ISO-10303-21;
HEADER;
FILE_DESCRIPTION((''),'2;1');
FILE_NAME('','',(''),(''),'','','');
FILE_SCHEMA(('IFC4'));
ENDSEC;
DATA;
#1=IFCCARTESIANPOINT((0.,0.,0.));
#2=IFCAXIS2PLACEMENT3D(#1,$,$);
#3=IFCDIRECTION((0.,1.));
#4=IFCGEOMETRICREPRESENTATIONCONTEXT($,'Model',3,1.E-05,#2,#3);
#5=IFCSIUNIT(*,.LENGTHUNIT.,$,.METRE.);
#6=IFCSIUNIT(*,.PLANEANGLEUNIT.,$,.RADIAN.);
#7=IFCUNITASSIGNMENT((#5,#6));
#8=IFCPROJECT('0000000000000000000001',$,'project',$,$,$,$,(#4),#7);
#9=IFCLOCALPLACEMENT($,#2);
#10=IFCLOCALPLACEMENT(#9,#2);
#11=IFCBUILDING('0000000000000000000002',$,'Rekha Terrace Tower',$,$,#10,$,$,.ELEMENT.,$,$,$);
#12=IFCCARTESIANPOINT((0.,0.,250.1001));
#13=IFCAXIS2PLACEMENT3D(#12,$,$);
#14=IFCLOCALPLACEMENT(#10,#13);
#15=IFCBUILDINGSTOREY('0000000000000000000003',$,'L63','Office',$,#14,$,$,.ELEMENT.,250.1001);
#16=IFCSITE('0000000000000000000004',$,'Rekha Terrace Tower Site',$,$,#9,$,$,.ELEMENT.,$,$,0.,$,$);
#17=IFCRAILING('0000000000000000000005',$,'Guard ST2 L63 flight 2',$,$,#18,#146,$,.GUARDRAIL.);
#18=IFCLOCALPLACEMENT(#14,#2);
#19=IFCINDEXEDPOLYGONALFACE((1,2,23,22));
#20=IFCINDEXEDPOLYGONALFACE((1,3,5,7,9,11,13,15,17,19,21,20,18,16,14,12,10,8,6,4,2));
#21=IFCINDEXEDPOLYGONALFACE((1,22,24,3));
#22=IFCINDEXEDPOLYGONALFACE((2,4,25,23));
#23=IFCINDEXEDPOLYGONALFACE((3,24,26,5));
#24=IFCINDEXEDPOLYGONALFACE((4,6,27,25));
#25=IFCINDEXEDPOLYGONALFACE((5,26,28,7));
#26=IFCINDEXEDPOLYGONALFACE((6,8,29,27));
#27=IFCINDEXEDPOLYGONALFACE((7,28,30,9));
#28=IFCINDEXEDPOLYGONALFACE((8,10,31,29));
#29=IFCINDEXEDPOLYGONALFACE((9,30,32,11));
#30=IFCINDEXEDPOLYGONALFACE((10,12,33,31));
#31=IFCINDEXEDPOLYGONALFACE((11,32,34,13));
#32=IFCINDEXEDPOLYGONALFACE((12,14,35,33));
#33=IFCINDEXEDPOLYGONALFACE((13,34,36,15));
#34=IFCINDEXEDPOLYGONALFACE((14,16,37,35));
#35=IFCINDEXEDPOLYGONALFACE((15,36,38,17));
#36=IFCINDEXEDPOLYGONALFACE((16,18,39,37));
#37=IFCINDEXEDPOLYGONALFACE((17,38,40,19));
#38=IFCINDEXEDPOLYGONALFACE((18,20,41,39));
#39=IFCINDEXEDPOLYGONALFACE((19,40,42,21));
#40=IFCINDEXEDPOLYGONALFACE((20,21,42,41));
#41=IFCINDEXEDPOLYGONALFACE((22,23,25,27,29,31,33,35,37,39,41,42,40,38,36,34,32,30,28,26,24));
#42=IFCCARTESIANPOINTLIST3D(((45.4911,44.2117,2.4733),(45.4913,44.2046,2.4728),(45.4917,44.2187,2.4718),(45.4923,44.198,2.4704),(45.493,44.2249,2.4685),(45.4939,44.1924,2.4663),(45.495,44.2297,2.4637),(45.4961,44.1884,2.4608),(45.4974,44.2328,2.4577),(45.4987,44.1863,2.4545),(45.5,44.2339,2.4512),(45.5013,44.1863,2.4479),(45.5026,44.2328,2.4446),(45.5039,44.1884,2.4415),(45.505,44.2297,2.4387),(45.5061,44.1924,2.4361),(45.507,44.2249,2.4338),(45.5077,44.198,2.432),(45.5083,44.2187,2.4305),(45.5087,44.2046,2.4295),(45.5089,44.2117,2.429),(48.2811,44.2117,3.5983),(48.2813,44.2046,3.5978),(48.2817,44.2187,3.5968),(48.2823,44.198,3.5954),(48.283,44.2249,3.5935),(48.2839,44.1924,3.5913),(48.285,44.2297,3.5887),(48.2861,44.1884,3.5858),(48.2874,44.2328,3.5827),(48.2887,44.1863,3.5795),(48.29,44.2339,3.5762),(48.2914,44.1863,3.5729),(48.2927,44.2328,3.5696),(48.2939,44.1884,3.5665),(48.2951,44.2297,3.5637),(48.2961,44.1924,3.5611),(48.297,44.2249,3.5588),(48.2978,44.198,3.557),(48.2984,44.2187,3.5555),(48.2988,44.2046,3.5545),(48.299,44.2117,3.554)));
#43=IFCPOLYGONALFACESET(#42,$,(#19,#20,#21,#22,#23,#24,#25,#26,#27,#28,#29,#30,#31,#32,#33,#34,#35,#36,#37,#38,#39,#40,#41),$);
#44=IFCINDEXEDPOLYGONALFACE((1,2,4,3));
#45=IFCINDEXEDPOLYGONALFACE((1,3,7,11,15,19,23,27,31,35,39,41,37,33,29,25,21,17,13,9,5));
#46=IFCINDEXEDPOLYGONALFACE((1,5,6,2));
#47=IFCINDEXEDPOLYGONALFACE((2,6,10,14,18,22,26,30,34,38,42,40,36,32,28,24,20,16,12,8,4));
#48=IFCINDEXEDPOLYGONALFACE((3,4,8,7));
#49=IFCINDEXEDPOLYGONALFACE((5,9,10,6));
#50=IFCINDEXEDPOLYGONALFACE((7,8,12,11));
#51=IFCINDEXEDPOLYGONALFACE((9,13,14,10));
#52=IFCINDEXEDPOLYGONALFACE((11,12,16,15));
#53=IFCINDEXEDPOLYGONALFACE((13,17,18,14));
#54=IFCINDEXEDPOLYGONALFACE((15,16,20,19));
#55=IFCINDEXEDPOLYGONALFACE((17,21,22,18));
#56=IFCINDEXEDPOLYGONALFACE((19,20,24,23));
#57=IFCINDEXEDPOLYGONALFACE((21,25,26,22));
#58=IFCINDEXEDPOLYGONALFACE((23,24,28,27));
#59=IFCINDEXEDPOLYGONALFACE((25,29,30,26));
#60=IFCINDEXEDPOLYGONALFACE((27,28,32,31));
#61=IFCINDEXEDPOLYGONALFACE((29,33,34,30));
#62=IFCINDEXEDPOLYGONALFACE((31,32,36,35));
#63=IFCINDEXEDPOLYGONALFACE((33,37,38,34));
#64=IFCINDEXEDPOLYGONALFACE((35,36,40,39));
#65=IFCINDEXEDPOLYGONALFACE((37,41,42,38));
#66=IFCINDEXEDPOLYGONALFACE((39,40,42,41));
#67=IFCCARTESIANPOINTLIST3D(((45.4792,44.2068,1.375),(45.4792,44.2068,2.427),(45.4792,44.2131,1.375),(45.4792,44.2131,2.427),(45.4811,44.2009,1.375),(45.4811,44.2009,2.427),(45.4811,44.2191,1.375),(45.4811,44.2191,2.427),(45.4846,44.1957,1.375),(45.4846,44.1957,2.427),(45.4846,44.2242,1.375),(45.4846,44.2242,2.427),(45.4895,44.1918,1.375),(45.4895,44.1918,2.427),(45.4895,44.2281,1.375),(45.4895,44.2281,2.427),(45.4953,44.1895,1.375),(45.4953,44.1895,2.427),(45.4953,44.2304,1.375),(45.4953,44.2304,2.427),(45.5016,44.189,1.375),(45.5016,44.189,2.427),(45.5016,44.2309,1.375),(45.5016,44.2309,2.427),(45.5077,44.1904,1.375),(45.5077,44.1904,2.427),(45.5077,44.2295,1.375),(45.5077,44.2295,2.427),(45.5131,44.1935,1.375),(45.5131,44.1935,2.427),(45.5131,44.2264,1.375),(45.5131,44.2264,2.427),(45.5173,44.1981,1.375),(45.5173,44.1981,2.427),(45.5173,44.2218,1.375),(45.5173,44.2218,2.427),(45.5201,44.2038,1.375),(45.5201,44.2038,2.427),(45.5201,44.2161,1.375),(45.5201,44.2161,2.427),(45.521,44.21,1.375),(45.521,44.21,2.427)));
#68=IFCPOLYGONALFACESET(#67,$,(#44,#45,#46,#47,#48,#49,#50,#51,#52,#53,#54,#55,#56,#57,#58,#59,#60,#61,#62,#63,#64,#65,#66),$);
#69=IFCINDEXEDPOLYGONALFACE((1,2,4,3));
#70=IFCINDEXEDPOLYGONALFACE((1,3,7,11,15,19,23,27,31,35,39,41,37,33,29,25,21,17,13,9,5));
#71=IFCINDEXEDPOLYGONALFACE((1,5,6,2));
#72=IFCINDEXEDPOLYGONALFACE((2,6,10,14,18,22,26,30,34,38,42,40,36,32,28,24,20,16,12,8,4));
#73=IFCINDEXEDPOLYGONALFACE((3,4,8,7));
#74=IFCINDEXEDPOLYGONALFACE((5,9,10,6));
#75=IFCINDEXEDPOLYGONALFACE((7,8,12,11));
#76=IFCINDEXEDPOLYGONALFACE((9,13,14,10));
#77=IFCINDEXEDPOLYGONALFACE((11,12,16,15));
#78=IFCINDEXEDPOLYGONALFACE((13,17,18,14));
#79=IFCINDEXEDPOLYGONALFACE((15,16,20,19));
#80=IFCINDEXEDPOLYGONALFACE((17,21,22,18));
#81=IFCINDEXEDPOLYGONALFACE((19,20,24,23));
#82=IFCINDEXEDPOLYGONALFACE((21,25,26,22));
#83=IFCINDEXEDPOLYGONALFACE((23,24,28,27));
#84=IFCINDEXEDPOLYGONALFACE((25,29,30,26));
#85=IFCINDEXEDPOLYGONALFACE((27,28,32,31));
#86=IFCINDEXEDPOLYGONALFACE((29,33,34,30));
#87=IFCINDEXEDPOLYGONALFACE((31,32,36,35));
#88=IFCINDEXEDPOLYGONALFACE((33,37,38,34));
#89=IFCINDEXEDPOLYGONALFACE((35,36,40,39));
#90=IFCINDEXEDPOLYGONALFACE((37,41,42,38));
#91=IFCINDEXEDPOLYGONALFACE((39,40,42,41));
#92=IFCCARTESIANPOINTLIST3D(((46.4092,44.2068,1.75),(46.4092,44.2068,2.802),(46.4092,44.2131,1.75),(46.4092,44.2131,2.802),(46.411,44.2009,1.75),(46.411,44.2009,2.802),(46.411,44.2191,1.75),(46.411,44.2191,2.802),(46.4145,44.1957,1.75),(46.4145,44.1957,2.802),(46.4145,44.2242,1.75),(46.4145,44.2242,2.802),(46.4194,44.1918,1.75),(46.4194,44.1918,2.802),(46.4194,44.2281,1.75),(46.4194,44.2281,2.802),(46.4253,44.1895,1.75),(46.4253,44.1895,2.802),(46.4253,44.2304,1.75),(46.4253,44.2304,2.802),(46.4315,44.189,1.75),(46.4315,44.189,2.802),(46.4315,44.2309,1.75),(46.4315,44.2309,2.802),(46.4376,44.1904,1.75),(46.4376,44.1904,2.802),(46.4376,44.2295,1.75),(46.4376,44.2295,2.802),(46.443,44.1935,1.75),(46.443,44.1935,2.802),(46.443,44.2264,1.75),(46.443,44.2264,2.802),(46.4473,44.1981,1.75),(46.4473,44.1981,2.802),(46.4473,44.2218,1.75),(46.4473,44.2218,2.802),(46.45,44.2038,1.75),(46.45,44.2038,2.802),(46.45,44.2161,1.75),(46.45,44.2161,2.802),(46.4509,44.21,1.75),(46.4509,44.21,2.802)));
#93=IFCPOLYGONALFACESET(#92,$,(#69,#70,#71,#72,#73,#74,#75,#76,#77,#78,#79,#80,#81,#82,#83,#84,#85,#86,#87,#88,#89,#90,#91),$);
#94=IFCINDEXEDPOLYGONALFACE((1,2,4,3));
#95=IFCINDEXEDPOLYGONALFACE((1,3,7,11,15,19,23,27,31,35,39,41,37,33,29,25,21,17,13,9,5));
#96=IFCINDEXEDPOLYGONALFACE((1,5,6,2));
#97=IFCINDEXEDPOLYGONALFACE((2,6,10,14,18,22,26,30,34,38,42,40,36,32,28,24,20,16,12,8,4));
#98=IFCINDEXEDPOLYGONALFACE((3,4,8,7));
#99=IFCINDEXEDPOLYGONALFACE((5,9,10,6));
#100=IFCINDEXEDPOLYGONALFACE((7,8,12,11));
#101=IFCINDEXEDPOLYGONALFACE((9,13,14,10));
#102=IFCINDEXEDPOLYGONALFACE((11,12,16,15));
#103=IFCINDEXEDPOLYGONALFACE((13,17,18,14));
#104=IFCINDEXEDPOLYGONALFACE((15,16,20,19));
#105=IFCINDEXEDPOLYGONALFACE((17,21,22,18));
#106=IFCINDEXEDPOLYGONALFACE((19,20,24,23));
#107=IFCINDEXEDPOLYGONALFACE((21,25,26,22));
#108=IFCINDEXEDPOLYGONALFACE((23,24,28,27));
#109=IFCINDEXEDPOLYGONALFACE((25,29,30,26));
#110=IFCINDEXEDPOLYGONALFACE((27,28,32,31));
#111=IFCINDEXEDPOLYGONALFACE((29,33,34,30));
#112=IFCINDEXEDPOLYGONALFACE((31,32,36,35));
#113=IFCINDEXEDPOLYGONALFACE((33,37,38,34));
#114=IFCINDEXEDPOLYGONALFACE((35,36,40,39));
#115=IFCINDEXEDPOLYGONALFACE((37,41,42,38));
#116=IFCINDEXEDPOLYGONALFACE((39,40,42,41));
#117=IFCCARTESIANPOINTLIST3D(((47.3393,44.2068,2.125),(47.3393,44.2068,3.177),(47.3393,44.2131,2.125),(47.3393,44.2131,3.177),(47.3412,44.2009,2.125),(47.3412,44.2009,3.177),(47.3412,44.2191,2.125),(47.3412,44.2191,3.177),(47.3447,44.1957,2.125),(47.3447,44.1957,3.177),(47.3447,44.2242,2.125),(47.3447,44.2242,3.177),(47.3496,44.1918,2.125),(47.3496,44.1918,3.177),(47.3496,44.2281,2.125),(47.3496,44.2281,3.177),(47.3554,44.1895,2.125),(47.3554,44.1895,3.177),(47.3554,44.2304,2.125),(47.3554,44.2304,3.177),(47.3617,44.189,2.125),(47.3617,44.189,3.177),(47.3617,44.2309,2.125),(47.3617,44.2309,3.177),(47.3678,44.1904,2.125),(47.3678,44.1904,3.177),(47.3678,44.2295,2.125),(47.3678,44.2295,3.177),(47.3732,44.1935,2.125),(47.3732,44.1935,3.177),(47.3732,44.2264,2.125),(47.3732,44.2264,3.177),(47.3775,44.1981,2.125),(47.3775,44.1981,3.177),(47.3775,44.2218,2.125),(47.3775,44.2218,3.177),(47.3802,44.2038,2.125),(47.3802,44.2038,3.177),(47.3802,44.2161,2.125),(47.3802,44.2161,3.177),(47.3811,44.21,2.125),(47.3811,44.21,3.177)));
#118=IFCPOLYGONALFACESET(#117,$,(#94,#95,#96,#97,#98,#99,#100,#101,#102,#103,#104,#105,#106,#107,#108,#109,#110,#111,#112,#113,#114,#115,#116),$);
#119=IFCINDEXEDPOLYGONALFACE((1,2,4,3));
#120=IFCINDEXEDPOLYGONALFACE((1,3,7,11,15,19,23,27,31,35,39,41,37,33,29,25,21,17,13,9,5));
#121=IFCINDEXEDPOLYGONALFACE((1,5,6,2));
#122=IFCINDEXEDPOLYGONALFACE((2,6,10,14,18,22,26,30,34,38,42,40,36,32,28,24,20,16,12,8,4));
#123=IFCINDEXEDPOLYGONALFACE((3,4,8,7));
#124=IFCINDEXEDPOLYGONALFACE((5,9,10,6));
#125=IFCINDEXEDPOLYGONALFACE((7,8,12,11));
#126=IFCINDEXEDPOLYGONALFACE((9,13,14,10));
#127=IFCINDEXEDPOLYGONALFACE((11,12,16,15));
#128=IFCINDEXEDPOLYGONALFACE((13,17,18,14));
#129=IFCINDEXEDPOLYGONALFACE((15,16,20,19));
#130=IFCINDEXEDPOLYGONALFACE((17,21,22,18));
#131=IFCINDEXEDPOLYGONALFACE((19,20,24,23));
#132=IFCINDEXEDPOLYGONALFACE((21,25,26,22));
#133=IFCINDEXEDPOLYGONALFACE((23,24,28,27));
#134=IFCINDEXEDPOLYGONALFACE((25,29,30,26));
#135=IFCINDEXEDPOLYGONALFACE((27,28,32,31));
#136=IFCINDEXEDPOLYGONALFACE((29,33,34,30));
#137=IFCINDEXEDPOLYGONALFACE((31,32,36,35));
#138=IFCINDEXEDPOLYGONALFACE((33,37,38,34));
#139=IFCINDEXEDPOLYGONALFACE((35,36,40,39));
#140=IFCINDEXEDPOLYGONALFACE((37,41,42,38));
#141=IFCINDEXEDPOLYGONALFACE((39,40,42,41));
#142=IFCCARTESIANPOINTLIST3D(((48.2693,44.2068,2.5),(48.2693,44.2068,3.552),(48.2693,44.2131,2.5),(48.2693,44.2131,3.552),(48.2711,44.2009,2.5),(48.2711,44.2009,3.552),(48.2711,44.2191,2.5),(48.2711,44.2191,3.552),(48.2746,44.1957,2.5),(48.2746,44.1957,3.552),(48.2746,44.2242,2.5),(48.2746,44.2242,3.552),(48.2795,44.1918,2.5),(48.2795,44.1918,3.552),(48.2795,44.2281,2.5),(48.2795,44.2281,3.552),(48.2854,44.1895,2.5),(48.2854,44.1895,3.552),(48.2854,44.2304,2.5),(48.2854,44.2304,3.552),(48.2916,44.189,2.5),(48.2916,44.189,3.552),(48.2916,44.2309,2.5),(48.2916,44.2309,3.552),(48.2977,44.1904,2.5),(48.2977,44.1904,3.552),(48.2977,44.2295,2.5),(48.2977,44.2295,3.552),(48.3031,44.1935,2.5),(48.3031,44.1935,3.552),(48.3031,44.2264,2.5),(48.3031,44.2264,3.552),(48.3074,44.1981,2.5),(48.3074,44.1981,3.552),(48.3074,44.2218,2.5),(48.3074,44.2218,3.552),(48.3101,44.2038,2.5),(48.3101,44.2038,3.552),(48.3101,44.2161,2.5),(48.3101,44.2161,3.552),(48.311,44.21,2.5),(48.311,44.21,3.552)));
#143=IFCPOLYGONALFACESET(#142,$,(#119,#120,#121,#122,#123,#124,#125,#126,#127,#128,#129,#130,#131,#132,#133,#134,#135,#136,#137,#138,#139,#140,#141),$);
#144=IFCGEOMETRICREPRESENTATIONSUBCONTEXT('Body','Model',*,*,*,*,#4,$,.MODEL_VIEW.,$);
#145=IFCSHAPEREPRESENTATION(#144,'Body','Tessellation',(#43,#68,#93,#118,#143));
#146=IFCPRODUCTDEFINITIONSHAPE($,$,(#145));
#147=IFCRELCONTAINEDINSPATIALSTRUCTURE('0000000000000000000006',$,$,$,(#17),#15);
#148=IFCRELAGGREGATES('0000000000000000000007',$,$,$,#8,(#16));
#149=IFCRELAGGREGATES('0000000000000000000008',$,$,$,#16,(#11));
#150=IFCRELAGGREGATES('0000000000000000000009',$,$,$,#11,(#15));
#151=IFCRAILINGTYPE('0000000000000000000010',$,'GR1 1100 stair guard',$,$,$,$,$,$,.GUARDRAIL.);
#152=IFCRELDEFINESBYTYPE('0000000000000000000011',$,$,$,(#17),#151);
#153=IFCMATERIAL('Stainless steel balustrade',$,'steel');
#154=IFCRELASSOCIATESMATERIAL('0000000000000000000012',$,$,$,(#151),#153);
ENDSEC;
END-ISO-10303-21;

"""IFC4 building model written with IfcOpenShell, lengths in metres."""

from ifc_helpers import new_model, si_unit, direction, frame, origin, origin_2d, place, context, subcontext, project, spatial, circle, extrude, material, type_object, element, save


model = new_model("IFC4")

# Units and contexts
model_context = context("Model", 3, precision=1e-05, world=origin(), true_north=direction((0.0, 1.0)))
body_context = subcontext(model_context, "Body", "Model", "MODEL_VIEW")
ifc_project = project(units=[si_unit("LENGTHUNIT", "METRE"), si_unit("PLANEANGLEUNIT", "RADIAN")], contexts=[model_context])

# Site, building, storey
site_placement = place(None, origin())
site = spatial("IfcSite", under=ifc_project, at=site_placement, Name="Rekha Terrace Tower Site", CompositionType="ELEMENT", RefElevation=0.0)
building_placement = place(site_placement, origin())
building = spatial("IfcBuilding", under=site, at=building_placement, Name="Rekha Terrace Tower", CompositionType="ELEMENT")
storey_placement = place(building_placement, frame((0.0, 0.0, 250.1001)))
storey = spatial("IfcBuildingStorey", under=building, at=storey_placement, Name="L63", Description="Office", CompositionType="ELEMENT", Elevation=250.1001)

# Railing
ifc_material_1 = material(Name="Stainless steel balustrade", Category="steel")
railing_type_1 = type_object("IfcRailingType", Name="GR1 1100 stair guard", PredefinedType="GUARDRAIL", material=ifc_material_1)
railing_1_placement = place(storey_placement, frame((45.5, 44.21, 1.375)))
element("IfcRailing", 1, at=railing_1_placement, inside=storey, type_object=railing_type_1, Name="Guard ST2 L63 flight 2", PredefinedType="GUARDRAIL", context=body_context, shape_type="SweptSolid", body=[
    extrude(circle(Radius=0.0239, at=origin_2d()), frame((0.0, 0.0, 1.0762), z_axis=(0.927443, 0.0, 0.373964), x_axis=(0.0, 1.0, 0.0)), (0.0, 0.0, 1.0), 3.0083),
    extrude(circle(Radius=0.021, at=origin_2d()), origin(), (0.0, 0.0, 1.0), 1.052),
    extrude(circle(Radius=0.021, at=origin_2d()), frame((0.9299, 0.0, 0.375)), (0.0, 0.0, 1.0), 1.052),
    extrude(circle(Radius=0.021, at=origin_2d()), frame((1.8601, 0.0, 0.75)), (0.0, 0.0, 1.0), 1.052),
    extrude(circle(Radius=0.021, at=origin_2d()), frame((2.79, 0.0, 1.125)), (0.0, 0.0, 1.0), 1.052),
])

save(model, "model.ifc")
